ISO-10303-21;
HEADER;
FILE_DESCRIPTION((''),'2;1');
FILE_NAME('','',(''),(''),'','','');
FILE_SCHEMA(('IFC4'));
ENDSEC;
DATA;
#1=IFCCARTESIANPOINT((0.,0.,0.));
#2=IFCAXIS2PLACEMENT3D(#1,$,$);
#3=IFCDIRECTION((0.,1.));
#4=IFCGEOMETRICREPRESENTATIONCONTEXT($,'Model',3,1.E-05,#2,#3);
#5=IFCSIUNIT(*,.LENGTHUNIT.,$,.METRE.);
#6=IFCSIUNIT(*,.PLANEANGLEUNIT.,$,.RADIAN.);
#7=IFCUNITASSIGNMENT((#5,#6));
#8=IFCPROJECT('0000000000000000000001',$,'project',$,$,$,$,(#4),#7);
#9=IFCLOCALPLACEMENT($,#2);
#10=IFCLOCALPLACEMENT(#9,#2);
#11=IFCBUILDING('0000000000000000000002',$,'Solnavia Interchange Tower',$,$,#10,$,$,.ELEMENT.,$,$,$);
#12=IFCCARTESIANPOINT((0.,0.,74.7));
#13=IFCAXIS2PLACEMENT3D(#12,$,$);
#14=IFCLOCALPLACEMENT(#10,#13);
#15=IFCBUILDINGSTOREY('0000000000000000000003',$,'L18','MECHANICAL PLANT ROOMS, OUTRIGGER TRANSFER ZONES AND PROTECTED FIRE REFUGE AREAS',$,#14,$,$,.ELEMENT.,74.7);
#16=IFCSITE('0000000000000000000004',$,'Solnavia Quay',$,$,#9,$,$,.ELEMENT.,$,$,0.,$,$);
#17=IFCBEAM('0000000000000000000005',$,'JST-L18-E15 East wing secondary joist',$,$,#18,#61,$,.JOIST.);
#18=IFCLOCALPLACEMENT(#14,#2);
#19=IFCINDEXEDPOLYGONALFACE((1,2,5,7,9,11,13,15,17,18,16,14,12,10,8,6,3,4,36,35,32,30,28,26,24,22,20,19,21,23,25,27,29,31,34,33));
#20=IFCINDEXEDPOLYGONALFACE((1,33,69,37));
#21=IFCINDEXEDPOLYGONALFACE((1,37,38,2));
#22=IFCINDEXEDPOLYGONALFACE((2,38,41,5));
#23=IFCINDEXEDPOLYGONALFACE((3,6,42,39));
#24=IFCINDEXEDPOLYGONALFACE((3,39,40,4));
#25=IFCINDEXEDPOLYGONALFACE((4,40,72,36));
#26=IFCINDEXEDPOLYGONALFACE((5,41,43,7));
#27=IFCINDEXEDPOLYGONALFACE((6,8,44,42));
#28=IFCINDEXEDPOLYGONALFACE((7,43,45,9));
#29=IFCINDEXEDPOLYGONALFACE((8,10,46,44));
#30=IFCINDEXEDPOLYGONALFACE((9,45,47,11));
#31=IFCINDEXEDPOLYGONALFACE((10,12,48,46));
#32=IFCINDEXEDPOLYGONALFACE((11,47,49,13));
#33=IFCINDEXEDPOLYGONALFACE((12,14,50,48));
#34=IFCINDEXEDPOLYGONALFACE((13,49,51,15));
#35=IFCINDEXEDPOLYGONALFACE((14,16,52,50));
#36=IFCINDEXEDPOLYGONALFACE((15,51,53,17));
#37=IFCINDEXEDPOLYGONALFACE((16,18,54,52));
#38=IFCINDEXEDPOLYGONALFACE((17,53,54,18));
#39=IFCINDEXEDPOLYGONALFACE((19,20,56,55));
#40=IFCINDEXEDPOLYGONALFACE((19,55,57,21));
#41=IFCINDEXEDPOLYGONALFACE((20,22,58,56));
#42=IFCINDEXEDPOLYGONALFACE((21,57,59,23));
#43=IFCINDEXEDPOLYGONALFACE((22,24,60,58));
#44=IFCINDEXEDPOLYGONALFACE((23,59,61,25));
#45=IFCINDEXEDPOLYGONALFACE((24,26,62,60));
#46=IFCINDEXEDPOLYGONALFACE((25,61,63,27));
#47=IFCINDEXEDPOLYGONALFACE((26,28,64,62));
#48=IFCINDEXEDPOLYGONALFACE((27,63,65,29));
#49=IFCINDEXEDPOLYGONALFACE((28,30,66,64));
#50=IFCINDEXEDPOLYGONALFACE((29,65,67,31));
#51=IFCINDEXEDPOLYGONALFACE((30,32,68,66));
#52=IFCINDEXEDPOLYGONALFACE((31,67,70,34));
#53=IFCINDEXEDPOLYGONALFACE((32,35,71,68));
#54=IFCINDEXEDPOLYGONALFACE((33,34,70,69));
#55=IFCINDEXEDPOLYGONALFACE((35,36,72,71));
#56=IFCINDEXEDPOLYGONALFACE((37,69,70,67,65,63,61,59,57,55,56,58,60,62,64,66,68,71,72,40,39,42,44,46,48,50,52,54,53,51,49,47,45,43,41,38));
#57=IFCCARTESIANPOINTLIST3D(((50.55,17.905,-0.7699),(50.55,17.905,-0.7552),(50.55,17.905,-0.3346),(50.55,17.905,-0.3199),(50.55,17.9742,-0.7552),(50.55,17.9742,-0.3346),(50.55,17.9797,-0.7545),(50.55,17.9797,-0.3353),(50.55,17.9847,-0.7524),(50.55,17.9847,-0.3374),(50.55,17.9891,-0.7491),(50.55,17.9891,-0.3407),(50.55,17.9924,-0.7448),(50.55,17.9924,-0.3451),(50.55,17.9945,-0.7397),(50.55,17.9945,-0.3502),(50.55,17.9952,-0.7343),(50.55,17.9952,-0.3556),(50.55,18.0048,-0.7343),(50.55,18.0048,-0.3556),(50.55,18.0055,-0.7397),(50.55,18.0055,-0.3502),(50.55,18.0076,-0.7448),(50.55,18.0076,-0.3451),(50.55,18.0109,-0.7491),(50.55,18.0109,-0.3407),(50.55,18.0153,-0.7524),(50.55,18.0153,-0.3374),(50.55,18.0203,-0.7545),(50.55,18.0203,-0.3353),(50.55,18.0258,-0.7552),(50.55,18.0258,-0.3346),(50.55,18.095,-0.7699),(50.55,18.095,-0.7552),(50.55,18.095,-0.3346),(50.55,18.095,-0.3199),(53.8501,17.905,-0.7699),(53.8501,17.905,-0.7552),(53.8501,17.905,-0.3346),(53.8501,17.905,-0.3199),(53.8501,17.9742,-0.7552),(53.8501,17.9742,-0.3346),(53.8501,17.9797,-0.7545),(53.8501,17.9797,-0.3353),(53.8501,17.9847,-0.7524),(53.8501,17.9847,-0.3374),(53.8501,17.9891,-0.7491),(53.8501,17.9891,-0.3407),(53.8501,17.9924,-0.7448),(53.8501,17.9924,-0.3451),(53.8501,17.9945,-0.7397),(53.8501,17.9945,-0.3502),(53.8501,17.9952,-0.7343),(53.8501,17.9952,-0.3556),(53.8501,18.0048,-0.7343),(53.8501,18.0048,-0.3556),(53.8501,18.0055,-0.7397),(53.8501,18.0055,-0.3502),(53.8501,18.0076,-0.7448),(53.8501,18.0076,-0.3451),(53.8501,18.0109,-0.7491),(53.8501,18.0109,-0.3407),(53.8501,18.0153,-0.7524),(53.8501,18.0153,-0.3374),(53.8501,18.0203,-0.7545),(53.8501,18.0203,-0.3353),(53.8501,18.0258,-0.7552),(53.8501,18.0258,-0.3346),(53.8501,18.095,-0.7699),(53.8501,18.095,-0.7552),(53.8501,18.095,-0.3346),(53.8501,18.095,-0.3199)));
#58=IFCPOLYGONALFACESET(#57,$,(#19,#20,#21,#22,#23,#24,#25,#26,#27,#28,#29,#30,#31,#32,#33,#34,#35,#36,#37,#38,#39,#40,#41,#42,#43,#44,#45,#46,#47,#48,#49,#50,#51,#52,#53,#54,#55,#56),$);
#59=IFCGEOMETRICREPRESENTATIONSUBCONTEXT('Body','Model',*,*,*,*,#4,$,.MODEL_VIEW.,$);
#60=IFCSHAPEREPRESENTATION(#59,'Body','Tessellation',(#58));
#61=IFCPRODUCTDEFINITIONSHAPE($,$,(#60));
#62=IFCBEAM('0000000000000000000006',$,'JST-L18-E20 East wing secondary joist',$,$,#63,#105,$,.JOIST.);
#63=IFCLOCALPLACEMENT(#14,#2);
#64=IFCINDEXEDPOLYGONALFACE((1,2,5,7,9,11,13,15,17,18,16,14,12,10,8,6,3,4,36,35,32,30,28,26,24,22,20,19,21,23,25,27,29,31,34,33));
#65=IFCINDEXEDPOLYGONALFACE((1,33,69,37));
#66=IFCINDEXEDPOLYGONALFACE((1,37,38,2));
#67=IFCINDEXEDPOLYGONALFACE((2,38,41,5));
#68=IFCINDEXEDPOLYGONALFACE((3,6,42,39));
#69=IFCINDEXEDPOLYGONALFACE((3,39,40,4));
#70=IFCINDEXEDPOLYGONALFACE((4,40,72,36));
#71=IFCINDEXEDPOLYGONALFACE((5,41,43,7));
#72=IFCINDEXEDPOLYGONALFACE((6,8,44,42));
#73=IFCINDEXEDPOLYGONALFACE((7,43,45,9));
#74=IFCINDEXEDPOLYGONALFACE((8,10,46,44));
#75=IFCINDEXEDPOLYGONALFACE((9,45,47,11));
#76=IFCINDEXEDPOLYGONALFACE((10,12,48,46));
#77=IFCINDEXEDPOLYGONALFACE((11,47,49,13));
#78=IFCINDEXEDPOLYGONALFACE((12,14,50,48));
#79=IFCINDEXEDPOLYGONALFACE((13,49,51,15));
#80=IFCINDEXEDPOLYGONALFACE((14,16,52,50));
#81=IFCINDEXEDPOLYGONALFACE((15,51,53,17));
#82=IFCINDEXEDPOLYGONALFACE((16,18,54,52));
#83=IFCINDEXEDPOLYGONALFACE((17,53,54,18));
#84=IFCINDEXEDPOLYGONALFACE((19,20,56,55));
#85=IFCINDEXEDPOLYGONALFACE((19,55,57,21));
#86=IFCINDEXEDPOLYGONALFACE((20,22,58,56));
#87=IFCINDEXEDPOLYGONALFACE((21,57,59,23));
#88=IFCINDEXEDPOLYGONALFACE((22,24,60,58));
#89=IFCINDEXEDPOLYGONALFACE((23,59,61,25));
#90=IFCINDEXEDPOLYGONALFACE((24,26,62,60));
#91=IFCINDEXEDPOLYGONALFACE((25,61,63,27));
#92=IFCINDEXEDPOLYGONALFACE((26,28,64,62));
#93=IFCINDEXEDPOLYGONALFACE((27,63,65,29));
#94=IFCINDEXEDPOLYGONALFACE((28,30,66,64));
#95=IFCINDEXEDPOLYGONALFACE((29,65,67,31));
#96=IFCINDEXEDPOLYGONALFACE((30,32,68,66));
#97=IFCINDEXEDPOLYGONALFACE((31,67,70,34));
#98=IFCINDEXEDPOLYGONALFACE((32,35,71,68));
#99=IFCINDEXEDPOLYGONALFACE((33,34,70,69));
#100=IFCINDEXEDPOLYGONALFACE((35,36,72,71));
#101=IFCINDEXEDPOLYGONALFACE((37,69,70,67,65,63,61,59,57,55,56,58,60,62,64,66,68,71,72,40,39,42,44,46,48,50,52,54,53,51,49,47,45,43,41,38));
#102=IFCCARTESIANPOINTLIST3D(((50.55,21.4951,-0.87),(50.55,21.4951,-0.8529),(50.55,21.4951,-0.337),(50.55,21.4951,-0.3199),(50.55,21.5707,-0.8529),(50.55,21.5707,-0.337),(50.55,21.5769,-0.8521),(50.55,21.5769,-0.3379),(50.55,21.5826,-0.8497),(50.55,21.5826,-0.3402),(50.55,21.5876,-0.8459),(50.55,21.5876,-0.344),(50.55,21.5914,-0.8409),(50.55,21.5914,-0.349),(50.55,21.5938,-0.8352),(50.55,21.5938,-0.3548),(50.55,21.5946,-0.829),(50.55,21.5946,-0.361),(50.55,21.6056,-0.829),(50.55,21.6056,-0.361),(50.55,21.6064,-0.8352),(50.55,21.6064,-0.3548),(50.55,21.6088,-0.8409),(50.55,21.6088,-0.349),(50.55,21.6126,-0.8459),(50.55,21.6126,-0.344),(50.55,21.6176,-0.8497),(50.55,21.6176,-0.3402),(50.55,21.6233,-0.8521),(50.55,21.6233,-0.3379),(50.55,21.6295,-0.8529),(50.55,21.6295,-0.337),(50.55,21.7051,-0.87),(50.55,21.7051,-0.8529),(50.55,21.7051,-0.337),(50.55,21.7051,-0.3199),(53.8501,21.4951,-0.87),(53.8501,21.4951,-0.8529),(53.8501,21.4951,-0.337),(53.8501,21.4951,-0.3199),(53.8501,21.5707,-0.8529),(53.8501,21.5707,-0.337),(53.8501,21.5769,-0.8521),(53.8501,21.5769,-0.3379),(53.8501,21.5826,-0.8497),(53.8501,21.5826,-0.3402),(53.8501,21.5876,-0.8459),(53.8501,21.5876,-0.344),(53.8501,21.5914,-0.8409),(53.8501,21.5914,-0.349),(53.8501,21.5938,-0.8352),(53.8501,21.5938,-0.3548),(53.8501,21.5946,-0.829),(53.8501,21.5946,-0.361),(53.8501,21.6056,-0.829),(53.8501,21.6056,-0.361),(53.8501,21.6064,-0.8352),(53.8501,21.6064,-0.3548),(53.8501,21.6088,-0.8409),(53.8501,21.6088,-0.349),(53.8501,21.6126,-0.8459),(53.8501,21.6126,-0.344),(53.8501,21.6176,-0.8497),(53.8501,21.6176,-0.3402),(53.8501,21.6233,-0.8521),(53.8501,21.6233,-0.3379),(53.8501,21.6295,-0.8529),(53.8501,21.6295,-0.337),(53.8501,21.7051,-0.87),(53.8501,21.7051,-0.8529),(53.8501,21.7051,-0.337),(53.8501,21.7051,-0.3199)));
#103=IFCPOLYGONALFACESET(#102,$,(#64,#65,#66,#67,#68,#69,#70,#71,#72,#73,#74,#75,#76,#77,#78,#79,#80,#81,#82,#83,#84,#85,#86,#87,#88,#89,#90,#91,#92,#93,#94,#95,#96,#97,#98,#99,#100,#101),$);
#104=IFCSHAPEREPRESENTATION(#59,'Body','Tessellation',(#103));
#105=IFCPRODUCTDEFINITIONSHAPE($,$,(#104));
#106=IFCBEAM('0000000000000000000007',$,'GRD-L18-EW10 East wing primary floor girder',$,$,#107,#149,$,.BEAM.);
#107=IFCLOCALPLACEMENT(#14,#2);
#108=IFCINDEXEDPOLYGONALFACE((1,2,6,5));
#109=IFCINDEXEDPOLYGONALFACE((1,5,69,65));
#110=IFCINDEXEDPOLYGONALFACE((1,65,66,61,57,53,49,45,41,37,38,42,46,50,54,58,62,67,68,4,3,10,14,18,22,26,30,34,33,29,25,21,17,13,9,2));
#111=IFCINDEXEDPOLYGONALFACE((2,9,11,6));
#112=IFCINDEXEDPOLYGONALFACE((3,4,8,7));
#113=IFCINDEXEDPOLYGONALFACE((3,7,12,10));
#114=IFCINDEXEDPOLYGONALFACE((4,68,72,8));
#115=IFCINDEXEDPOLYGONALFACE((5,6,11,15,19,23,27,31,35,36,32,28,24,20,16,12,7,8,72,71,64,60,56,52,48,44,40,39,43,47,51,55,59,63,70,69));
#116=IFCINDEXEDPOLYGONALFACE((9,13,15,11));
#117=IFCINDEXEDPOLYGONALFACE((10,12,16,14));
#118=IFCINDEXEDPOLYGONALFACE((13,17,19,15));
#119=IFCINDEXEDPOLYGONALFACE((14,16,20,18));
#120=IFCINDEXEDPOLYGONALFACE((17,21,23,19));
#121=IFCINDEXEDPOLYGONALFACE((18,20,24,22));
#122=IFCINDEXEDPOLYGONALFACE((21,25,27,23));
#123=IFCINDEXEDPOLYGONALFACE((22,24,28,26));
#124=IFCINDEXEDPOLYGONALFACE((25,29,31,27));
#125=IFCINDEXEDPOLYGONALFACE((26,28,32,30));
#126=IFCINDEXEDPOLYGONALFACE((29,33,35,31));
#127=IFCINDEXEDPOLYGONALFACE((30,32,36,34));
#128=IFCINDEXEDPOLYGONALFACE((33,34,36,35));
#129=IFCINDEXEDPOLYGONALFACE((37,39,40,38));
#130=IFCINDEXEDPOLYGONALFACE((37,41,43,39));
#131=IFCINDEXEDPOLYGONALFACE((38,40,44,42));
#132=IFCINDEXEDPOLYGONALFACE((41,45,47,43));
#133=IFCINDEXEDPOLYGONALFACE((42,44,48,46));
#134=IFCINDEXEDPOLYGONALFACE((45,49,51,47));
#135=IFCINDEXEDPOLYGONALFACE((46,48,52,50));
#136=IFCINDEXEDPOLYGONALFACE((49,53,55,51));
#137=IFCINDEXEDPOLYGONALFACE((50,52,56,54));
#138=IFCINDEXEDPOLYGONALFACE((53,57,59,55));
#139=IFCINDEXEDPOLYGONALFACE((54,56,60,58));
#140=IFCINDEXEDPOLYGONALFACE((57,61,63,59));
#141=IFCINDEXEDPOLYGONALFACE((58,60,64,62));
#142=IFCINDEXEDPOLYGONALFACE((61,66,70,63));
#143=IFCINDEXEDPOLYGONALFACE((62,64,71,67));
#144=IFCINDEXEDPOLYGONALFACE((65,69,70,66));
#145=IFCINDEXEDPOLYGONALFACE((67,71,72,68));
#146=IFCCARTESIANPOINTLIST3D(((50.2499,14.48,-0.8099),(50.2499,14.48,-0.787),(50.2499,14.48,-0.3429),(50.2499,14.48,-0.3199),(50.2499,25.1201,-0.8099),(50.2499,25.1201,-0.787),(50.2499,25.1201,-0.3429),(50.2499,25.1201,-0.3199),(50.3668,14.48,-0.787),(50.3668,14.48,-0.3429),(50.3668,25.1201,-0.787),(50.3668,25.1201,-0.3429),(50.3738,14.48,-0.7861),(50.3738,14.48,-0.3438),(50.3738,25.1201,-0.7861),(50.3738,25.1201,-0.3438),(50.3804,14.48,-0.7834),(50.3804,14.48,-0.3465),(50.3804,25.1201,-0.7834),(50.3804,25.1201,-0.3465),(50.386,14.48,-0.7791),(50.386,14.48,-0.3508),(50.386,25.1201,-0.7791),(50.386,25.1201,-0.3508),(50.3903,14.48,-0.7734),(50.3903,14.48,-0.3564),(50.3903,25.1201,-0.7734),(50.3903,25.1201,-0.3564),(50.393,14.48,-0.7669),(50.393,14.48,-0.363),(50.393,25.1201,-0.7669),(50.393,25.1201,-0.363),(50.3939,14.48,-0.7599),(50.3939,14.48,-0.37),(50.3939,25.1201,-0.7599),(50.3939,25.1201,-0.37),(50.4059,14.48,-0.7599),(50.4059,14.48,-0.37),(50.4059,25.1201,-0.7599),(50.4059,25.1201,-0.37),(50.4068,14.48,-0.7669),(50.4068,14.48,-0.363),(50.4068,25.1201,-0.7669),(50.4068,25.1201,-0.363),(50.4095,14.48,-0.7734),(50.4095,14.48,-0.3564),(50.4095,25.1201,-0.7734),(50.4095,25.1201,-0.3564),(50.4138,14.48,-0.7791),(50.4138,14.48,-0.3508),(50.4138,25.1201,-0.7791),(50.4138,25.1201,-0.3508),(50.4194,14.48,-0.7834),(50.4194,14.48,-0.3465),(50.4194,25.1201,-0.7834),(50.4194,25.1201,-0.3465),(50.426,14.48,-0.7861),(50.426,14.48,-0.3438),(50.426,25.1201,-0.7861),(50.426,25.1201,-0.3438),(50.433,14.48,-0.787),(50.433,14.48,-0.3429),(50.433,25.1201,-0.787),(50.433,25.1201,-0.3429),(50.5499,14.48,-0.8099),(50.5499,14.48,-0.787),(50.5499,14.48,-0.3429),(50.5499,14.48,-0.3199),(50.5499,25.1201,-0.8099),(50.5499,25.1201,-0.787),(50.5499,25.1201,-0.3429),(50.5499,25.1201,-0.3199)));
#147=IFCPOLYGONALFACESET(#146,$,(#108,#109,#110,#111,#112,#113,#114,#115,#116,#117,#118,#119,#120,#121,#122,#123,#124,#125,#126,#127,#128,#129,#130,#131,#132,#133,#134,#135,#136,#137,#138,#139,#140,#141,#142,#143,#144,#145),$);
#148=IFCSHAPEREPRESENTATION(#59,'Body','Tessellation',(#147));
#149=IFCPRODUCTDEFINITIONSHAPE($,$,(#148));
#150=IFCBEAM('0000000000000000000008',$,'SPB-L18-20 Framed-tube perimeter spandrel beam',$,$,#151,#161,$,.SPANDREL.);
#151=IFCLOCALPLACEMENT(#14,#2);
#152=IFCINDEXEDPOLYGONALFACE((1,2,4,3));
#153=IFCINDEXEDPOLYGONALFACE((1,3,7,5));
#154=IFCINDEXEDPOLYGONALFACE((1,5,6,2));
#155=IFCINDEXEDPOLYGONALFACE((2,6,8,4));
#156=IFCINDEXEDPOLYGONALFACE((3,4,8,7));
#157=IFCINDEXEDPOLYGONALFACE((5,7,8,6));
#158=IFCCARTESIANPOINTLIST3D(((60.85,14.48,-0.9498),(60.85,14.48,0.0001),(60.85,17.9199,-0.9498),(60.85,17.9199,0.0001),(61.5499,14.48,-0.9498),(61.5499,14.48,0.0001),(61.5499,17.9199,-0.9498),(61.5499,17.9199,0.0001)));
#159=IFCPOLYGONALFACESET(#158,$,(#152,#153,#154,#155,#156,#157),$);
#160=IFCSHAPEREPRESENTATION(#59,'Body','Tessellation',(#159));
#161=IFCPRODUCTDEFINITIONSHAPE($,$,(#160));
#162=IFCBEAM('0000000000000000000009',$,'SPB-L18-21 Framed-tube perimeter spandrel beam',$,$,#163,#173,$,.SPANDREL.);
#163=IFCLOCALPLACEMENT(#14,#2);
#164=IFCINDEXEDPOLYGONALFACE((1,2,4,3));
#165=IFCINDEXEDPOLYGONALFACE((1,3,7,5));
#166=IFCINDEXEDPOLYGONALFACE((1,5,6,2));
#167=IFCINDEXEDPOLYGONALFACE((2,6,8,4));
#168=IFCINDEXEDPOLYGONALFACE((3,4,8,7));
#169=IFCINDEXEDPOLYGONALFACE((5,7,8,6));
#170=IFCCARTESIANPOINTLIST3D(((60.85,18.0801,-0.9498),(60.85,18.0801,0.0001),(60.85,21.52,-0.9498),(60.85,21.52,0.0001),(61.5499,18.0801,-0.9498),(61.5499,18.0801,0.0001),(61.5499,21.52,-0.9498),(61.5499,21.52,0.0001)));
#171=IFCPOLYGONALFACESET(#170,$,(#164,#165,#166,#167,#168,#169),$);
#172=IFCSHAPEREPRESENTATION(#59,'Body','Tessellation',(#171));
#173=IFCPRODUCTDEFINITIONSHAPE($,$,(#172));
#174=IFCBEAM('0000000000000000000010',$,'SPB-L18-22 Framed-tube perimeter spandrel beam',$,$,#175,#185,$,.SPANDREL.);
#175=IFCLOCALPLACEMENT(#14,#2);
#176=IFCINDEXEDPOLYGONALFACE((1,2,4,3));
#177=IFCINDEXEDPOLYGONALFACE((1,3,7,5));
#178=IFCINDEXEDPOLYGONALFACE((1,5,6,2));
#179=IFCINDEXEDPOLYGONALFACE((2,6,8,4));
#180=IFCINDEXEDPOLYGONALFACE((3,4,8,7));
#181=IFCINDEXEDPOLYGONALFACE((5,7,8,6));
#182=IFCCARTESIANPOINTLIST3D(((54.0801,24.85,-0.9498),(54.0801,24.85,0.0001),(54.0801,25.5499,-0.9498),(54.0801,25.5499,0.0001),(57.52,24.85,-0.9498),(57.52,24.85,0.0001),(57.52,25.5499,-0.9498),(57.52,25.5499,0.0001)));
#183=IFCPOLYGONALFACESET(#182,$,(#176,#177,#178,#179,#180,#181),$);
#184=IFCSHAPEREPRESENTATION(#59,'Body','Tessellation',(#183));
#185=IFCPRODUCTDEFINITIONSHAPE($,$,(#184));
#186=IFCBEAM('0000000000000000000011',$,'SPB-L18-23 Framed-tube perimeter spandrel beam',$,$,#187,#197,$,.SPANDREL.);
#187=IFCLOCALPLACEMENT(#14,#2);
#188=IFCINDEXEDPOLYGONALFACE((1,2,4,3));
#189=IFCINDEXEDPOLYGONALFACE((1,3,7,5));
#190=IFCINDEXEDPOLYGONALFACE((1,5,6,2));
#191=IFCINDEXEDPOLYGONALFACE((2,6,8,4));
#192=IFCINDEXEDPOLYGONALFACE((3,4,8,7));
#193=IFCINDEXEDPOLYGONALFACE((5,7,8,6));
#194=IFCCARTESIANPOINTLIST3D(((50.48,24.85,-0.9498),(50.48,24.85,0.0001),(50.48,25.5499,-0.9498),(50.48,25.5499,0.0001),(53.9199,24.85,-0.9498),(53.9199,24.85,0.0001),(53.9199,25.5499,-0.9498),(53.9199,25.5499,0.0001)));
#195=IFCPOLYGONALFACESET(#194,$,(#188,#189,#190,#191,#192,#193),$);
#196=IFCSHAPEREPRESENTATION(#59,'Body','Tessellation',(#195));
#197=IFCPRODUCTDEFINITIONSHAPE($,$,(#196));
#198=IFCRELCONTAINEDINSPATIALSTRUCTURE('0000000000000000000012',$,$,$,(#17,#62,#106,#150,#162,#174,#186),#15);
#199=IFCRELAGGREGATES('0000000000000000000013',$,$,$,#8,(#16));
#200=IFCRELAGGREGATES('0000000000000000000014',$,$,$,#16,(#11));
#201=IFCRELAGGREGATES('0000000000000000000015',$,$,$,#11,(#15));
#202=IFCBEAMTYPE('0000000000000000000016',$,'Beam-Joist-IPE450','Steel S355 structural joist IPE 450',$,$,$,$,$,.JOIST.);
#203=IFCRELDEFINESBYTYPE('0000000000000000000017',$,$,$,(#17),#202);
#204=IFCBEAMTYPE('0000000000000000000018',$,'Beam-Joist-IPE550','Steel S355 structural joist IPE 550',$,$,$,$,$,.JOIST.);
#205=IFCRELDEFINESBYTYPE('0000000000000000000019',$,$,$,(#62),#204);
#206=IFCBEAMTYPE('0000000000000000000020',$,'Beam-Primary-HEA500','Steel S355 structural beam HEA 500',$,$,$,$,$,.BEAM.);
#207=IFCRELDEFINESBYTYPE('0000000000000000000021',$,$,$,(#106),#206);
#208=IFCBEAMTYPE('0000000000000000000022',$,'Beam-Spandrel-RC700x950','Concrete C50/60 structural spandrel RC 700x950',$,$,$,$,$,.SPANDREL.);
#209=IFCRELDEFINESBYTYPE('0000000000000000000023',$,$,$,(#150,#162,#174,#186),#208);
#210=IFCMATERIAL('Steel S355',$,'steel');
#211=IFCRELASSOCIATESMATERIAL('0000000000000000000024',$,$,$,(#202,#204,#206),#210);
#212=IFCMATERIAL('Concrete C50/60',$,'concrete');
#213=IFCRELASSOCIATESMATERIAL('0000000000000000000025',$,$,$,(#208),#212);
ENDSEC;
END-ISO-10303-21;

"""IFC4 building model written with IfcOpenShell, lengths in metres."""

from ifc_helpers import new_model, si_unit, direction, frame, origin, origin_2d, place, context, subcontext, project, spatial, rectangle, i_section, extrude, material, material_profile, profile_set, type_object, element, save


model = new_model("IFC4")

# Units and contexts
model_context = context("Model", 3, precision=1e-05, world=origin(), true_north=direction((0.0, 1.0)))
body_context = subcontext(model_context, "Body", "Model", "MODEL_VIEW")
ifc_project = project(units=[si_unit("LENGTHUNIT", "METRE"), si_unit("PLANEANGLEUNIT", "RADIAN")], contexts=[model_context])

# Site, building, storey
site_placement = place(None, origin())
site = spatial("IfcSite", under=ifc_project, at=site_placement, Name="Solnavia Quay", CompositionType="ELEMENT", RefElevation=0.0)
building_placement = place(site_placement, origin())
building = spatial("IfcBuilding", under=site, at=building_placement, Name="Solnavia Interchange Tower", CompositionType="ELEMENT")
storey_placement = place(building_placement, frame((0.0, 0.0, 74.7)))
storey = spatial("IfcBuildingStorey", under=building, at=storey_placement, Name="L18", Description="MECHANICAL PLANT ROOMS, OUTRIGGER TRANSFER ZONES AND PROTECTED FIRE REFUGE AREAS", CompositionType="ELEMENT", Elevation=74.7)

# Shared definitions
ifc_material_1 = material(Name="Steel S355", Category="steel")

# Beams
ifc_material_profile_1 = material_profile(ifc_material_1, i_section(OverallWidth=0.1899, OverallDepth=0.45, WebThickness=0.0095, FlangeThickness=0.0146, FilletRadius=0.021, at=origin_2d()), Name="IPE 450")
ifc_profile_set_1 = profile_set([ifc_material_profile_1], Name="Steel S355")
beam_type_1 = type_object("IfcBeamType", Name="Beam-Joist-IPE450", Description="Steel S355 structural joist IPE 450", PredefinedType="JOIST", material=ifc_profile_set_1)
beam_1_placement = place(storey_placement, frame((50.55, 18.0, -0.5449), z_axis=(1.0, 0.0, 0.0), x_axis=(0.0, 1.0, 0.0)))
element("IfcBeam", 1, at=beam_1_placement, inside=storey, type_object=beam_type_1, Name="JST-L18-E15 East wing secondary joist", PredefinedType="JOIST", context=body_context, shape_type="SweptSolid", body=[
    extrude(i_section(OverallWidth=0.1899, OverallDepth=0.45, WebThickness=0.0095, FlangeThickness=0.0146, FilletRadius=0.021, at=origin_2d()), origin(), (0.0, 0.0, 1.0), 3.3),
])
ifc_material_profile_2 = material_profile(ifc_material_1, i_section(OverallWidth=0.21, OverallDepth=0.55, WebThickness=0.011, FlangeThickness=0.0171, FilletRadius=0.0239, at=origin_2d()), Name="IPE 550")
ifc_profile_set_2 = profile_set([ifc_material_profile_2], Name="Steel S355")
beam_type_2 = type_object("IfcBeamType", Name="Beam-Joist-IPE550", Description="Steel S355 structural joist IPE 550", PredefinedType="JOIST", material=ifc_profile_set_2)
beam_2_placement = place(storey_placement, frame((50.55, 21.6001, -0.595), z_axis=(1.0, 0.0, 0.0), x_axis=(0.0, 1.0, 0.0)))
element("IfcBeam", 2, at=beam_2_placement, inside=storey, type_object=beam_type_2, Name="JST-L18-E20 East wing secondary joist", PredefinedType="JOIST", context=body_context, shape_type="SweptSolid", body=[
    extrude(i_section(OverallWidth=0.21, OverallDepth=0.55, WebThickness=0.011, FlangeThickness=0.0171, FilletRadius=0.0239, at=origin_2d()), origin(), (0.0, 0.0, 1.0), 3.3),
])
ifc_material_profile_3 = material_profile(ifc_material_1, i_section(OverallWidth=0.3, OverallDepth=0.49, WebThickness=0.012, FlangeThickness=0.0229, FilletRadius=0.0271, at=origin_2d()), Name="HEA 500")
ifc_profile_set_3 = profile_set([ifc_material_profile_3], Name="Steel S355")
beam_type_3 = type_object("IfcBeamType", Name="Beam-Primary-HEA500", Description="Steel S355 structural beam HEA 500", PredefinedType="BEAM", material=ifc_profile_set_3)
beam_3_placement = place(storey_placement, frame((50.3999, 14.48, -0.5649), z_axis=(0.0, 1.0, 0.0), x_axis=(-1.0, 0.0, 0.0)))
element("IfcBeam", 3, at=beam_3_placement, inside=storey, type_object=beam_type_3, Name="GRD-L18-EW10 East wing primary floor girder", PredefinedType="BEAM", context=body_context, shape_type="SweptSolid", body=[
    extrude(i_section(OverallWidth=0.3, OverallDepth=0.49, WebThickness=0.012, FlangeThickness=0.0229, FilletRadius=0.0271, at=origin_2d()), origin(), (0.0, 0.0, 1.0), 10.6401),
])
ifc_material_2 = material(Name="Concrete C50/60", Category="concrete")
ifc_material_profile_4 = material_profile(ifc_material_2, rectangle(XDim=0.7, YDim=0.95, at=origin_2d()), Name="RC 700x950")
ifc_profile_set_4 = profile_set([ifc_material_profile_4], Name="Concrete C50/60")
beam_type_4 = type_object("IfcBeamType", Name="Beam-Spandrel-RC700x950", Description="Concrete C50/60 structural spandrel RC 700x950", PredefinedType="SPANDREL", material=ifc_profile_set_4)
for number, where, z_axis, x_axis, name in (
    (4, (61.2, 14.48, -0.4749), (0.0, 1.0, 0.0), (-1.0, 0.0, 0.0), "SPB-L18-20 Framed-tube perimeter spandrel beam"),
    (5, (61.2, 18.0801, -0.4749), (0.0, 1.0, 0.0), (-1.0, 0.0, 0.0), "SPB-L18-21 Framed-tube perimeter spandrel beam"),
    (6, (57.52, 25.2, -0.4749), (-1.0, 0.0, 0.0), (0.0, -1.0, 0.0), "SPB-L18-22 Framed-tube perimeter spandrel beam"),
    (7, (53.9199, 25.2, -0.4749), (-1.0, 0.0, 0.0), (0.0, -1.0, 0.0), "SPB-L18-23 Framed-tube perimeter spandrel beam"),
):
    element("IfcBeam", number, at=place(storey_placement, frame(where, z_axis=z_axis, x_axis=x_axis)), inside=storey, type_object=beam_type_4, Name=name, PredefinedType="SPANDREL", context=body_context, shape_type="SweptSolid", body=[
        extrude(rectangle(XDim=0.7, YDim=0.95, at=origin_2d()), origin(), (0.0, 0.0, 1.0), 3.4399),
    ])

save(model, "model.ifc")
